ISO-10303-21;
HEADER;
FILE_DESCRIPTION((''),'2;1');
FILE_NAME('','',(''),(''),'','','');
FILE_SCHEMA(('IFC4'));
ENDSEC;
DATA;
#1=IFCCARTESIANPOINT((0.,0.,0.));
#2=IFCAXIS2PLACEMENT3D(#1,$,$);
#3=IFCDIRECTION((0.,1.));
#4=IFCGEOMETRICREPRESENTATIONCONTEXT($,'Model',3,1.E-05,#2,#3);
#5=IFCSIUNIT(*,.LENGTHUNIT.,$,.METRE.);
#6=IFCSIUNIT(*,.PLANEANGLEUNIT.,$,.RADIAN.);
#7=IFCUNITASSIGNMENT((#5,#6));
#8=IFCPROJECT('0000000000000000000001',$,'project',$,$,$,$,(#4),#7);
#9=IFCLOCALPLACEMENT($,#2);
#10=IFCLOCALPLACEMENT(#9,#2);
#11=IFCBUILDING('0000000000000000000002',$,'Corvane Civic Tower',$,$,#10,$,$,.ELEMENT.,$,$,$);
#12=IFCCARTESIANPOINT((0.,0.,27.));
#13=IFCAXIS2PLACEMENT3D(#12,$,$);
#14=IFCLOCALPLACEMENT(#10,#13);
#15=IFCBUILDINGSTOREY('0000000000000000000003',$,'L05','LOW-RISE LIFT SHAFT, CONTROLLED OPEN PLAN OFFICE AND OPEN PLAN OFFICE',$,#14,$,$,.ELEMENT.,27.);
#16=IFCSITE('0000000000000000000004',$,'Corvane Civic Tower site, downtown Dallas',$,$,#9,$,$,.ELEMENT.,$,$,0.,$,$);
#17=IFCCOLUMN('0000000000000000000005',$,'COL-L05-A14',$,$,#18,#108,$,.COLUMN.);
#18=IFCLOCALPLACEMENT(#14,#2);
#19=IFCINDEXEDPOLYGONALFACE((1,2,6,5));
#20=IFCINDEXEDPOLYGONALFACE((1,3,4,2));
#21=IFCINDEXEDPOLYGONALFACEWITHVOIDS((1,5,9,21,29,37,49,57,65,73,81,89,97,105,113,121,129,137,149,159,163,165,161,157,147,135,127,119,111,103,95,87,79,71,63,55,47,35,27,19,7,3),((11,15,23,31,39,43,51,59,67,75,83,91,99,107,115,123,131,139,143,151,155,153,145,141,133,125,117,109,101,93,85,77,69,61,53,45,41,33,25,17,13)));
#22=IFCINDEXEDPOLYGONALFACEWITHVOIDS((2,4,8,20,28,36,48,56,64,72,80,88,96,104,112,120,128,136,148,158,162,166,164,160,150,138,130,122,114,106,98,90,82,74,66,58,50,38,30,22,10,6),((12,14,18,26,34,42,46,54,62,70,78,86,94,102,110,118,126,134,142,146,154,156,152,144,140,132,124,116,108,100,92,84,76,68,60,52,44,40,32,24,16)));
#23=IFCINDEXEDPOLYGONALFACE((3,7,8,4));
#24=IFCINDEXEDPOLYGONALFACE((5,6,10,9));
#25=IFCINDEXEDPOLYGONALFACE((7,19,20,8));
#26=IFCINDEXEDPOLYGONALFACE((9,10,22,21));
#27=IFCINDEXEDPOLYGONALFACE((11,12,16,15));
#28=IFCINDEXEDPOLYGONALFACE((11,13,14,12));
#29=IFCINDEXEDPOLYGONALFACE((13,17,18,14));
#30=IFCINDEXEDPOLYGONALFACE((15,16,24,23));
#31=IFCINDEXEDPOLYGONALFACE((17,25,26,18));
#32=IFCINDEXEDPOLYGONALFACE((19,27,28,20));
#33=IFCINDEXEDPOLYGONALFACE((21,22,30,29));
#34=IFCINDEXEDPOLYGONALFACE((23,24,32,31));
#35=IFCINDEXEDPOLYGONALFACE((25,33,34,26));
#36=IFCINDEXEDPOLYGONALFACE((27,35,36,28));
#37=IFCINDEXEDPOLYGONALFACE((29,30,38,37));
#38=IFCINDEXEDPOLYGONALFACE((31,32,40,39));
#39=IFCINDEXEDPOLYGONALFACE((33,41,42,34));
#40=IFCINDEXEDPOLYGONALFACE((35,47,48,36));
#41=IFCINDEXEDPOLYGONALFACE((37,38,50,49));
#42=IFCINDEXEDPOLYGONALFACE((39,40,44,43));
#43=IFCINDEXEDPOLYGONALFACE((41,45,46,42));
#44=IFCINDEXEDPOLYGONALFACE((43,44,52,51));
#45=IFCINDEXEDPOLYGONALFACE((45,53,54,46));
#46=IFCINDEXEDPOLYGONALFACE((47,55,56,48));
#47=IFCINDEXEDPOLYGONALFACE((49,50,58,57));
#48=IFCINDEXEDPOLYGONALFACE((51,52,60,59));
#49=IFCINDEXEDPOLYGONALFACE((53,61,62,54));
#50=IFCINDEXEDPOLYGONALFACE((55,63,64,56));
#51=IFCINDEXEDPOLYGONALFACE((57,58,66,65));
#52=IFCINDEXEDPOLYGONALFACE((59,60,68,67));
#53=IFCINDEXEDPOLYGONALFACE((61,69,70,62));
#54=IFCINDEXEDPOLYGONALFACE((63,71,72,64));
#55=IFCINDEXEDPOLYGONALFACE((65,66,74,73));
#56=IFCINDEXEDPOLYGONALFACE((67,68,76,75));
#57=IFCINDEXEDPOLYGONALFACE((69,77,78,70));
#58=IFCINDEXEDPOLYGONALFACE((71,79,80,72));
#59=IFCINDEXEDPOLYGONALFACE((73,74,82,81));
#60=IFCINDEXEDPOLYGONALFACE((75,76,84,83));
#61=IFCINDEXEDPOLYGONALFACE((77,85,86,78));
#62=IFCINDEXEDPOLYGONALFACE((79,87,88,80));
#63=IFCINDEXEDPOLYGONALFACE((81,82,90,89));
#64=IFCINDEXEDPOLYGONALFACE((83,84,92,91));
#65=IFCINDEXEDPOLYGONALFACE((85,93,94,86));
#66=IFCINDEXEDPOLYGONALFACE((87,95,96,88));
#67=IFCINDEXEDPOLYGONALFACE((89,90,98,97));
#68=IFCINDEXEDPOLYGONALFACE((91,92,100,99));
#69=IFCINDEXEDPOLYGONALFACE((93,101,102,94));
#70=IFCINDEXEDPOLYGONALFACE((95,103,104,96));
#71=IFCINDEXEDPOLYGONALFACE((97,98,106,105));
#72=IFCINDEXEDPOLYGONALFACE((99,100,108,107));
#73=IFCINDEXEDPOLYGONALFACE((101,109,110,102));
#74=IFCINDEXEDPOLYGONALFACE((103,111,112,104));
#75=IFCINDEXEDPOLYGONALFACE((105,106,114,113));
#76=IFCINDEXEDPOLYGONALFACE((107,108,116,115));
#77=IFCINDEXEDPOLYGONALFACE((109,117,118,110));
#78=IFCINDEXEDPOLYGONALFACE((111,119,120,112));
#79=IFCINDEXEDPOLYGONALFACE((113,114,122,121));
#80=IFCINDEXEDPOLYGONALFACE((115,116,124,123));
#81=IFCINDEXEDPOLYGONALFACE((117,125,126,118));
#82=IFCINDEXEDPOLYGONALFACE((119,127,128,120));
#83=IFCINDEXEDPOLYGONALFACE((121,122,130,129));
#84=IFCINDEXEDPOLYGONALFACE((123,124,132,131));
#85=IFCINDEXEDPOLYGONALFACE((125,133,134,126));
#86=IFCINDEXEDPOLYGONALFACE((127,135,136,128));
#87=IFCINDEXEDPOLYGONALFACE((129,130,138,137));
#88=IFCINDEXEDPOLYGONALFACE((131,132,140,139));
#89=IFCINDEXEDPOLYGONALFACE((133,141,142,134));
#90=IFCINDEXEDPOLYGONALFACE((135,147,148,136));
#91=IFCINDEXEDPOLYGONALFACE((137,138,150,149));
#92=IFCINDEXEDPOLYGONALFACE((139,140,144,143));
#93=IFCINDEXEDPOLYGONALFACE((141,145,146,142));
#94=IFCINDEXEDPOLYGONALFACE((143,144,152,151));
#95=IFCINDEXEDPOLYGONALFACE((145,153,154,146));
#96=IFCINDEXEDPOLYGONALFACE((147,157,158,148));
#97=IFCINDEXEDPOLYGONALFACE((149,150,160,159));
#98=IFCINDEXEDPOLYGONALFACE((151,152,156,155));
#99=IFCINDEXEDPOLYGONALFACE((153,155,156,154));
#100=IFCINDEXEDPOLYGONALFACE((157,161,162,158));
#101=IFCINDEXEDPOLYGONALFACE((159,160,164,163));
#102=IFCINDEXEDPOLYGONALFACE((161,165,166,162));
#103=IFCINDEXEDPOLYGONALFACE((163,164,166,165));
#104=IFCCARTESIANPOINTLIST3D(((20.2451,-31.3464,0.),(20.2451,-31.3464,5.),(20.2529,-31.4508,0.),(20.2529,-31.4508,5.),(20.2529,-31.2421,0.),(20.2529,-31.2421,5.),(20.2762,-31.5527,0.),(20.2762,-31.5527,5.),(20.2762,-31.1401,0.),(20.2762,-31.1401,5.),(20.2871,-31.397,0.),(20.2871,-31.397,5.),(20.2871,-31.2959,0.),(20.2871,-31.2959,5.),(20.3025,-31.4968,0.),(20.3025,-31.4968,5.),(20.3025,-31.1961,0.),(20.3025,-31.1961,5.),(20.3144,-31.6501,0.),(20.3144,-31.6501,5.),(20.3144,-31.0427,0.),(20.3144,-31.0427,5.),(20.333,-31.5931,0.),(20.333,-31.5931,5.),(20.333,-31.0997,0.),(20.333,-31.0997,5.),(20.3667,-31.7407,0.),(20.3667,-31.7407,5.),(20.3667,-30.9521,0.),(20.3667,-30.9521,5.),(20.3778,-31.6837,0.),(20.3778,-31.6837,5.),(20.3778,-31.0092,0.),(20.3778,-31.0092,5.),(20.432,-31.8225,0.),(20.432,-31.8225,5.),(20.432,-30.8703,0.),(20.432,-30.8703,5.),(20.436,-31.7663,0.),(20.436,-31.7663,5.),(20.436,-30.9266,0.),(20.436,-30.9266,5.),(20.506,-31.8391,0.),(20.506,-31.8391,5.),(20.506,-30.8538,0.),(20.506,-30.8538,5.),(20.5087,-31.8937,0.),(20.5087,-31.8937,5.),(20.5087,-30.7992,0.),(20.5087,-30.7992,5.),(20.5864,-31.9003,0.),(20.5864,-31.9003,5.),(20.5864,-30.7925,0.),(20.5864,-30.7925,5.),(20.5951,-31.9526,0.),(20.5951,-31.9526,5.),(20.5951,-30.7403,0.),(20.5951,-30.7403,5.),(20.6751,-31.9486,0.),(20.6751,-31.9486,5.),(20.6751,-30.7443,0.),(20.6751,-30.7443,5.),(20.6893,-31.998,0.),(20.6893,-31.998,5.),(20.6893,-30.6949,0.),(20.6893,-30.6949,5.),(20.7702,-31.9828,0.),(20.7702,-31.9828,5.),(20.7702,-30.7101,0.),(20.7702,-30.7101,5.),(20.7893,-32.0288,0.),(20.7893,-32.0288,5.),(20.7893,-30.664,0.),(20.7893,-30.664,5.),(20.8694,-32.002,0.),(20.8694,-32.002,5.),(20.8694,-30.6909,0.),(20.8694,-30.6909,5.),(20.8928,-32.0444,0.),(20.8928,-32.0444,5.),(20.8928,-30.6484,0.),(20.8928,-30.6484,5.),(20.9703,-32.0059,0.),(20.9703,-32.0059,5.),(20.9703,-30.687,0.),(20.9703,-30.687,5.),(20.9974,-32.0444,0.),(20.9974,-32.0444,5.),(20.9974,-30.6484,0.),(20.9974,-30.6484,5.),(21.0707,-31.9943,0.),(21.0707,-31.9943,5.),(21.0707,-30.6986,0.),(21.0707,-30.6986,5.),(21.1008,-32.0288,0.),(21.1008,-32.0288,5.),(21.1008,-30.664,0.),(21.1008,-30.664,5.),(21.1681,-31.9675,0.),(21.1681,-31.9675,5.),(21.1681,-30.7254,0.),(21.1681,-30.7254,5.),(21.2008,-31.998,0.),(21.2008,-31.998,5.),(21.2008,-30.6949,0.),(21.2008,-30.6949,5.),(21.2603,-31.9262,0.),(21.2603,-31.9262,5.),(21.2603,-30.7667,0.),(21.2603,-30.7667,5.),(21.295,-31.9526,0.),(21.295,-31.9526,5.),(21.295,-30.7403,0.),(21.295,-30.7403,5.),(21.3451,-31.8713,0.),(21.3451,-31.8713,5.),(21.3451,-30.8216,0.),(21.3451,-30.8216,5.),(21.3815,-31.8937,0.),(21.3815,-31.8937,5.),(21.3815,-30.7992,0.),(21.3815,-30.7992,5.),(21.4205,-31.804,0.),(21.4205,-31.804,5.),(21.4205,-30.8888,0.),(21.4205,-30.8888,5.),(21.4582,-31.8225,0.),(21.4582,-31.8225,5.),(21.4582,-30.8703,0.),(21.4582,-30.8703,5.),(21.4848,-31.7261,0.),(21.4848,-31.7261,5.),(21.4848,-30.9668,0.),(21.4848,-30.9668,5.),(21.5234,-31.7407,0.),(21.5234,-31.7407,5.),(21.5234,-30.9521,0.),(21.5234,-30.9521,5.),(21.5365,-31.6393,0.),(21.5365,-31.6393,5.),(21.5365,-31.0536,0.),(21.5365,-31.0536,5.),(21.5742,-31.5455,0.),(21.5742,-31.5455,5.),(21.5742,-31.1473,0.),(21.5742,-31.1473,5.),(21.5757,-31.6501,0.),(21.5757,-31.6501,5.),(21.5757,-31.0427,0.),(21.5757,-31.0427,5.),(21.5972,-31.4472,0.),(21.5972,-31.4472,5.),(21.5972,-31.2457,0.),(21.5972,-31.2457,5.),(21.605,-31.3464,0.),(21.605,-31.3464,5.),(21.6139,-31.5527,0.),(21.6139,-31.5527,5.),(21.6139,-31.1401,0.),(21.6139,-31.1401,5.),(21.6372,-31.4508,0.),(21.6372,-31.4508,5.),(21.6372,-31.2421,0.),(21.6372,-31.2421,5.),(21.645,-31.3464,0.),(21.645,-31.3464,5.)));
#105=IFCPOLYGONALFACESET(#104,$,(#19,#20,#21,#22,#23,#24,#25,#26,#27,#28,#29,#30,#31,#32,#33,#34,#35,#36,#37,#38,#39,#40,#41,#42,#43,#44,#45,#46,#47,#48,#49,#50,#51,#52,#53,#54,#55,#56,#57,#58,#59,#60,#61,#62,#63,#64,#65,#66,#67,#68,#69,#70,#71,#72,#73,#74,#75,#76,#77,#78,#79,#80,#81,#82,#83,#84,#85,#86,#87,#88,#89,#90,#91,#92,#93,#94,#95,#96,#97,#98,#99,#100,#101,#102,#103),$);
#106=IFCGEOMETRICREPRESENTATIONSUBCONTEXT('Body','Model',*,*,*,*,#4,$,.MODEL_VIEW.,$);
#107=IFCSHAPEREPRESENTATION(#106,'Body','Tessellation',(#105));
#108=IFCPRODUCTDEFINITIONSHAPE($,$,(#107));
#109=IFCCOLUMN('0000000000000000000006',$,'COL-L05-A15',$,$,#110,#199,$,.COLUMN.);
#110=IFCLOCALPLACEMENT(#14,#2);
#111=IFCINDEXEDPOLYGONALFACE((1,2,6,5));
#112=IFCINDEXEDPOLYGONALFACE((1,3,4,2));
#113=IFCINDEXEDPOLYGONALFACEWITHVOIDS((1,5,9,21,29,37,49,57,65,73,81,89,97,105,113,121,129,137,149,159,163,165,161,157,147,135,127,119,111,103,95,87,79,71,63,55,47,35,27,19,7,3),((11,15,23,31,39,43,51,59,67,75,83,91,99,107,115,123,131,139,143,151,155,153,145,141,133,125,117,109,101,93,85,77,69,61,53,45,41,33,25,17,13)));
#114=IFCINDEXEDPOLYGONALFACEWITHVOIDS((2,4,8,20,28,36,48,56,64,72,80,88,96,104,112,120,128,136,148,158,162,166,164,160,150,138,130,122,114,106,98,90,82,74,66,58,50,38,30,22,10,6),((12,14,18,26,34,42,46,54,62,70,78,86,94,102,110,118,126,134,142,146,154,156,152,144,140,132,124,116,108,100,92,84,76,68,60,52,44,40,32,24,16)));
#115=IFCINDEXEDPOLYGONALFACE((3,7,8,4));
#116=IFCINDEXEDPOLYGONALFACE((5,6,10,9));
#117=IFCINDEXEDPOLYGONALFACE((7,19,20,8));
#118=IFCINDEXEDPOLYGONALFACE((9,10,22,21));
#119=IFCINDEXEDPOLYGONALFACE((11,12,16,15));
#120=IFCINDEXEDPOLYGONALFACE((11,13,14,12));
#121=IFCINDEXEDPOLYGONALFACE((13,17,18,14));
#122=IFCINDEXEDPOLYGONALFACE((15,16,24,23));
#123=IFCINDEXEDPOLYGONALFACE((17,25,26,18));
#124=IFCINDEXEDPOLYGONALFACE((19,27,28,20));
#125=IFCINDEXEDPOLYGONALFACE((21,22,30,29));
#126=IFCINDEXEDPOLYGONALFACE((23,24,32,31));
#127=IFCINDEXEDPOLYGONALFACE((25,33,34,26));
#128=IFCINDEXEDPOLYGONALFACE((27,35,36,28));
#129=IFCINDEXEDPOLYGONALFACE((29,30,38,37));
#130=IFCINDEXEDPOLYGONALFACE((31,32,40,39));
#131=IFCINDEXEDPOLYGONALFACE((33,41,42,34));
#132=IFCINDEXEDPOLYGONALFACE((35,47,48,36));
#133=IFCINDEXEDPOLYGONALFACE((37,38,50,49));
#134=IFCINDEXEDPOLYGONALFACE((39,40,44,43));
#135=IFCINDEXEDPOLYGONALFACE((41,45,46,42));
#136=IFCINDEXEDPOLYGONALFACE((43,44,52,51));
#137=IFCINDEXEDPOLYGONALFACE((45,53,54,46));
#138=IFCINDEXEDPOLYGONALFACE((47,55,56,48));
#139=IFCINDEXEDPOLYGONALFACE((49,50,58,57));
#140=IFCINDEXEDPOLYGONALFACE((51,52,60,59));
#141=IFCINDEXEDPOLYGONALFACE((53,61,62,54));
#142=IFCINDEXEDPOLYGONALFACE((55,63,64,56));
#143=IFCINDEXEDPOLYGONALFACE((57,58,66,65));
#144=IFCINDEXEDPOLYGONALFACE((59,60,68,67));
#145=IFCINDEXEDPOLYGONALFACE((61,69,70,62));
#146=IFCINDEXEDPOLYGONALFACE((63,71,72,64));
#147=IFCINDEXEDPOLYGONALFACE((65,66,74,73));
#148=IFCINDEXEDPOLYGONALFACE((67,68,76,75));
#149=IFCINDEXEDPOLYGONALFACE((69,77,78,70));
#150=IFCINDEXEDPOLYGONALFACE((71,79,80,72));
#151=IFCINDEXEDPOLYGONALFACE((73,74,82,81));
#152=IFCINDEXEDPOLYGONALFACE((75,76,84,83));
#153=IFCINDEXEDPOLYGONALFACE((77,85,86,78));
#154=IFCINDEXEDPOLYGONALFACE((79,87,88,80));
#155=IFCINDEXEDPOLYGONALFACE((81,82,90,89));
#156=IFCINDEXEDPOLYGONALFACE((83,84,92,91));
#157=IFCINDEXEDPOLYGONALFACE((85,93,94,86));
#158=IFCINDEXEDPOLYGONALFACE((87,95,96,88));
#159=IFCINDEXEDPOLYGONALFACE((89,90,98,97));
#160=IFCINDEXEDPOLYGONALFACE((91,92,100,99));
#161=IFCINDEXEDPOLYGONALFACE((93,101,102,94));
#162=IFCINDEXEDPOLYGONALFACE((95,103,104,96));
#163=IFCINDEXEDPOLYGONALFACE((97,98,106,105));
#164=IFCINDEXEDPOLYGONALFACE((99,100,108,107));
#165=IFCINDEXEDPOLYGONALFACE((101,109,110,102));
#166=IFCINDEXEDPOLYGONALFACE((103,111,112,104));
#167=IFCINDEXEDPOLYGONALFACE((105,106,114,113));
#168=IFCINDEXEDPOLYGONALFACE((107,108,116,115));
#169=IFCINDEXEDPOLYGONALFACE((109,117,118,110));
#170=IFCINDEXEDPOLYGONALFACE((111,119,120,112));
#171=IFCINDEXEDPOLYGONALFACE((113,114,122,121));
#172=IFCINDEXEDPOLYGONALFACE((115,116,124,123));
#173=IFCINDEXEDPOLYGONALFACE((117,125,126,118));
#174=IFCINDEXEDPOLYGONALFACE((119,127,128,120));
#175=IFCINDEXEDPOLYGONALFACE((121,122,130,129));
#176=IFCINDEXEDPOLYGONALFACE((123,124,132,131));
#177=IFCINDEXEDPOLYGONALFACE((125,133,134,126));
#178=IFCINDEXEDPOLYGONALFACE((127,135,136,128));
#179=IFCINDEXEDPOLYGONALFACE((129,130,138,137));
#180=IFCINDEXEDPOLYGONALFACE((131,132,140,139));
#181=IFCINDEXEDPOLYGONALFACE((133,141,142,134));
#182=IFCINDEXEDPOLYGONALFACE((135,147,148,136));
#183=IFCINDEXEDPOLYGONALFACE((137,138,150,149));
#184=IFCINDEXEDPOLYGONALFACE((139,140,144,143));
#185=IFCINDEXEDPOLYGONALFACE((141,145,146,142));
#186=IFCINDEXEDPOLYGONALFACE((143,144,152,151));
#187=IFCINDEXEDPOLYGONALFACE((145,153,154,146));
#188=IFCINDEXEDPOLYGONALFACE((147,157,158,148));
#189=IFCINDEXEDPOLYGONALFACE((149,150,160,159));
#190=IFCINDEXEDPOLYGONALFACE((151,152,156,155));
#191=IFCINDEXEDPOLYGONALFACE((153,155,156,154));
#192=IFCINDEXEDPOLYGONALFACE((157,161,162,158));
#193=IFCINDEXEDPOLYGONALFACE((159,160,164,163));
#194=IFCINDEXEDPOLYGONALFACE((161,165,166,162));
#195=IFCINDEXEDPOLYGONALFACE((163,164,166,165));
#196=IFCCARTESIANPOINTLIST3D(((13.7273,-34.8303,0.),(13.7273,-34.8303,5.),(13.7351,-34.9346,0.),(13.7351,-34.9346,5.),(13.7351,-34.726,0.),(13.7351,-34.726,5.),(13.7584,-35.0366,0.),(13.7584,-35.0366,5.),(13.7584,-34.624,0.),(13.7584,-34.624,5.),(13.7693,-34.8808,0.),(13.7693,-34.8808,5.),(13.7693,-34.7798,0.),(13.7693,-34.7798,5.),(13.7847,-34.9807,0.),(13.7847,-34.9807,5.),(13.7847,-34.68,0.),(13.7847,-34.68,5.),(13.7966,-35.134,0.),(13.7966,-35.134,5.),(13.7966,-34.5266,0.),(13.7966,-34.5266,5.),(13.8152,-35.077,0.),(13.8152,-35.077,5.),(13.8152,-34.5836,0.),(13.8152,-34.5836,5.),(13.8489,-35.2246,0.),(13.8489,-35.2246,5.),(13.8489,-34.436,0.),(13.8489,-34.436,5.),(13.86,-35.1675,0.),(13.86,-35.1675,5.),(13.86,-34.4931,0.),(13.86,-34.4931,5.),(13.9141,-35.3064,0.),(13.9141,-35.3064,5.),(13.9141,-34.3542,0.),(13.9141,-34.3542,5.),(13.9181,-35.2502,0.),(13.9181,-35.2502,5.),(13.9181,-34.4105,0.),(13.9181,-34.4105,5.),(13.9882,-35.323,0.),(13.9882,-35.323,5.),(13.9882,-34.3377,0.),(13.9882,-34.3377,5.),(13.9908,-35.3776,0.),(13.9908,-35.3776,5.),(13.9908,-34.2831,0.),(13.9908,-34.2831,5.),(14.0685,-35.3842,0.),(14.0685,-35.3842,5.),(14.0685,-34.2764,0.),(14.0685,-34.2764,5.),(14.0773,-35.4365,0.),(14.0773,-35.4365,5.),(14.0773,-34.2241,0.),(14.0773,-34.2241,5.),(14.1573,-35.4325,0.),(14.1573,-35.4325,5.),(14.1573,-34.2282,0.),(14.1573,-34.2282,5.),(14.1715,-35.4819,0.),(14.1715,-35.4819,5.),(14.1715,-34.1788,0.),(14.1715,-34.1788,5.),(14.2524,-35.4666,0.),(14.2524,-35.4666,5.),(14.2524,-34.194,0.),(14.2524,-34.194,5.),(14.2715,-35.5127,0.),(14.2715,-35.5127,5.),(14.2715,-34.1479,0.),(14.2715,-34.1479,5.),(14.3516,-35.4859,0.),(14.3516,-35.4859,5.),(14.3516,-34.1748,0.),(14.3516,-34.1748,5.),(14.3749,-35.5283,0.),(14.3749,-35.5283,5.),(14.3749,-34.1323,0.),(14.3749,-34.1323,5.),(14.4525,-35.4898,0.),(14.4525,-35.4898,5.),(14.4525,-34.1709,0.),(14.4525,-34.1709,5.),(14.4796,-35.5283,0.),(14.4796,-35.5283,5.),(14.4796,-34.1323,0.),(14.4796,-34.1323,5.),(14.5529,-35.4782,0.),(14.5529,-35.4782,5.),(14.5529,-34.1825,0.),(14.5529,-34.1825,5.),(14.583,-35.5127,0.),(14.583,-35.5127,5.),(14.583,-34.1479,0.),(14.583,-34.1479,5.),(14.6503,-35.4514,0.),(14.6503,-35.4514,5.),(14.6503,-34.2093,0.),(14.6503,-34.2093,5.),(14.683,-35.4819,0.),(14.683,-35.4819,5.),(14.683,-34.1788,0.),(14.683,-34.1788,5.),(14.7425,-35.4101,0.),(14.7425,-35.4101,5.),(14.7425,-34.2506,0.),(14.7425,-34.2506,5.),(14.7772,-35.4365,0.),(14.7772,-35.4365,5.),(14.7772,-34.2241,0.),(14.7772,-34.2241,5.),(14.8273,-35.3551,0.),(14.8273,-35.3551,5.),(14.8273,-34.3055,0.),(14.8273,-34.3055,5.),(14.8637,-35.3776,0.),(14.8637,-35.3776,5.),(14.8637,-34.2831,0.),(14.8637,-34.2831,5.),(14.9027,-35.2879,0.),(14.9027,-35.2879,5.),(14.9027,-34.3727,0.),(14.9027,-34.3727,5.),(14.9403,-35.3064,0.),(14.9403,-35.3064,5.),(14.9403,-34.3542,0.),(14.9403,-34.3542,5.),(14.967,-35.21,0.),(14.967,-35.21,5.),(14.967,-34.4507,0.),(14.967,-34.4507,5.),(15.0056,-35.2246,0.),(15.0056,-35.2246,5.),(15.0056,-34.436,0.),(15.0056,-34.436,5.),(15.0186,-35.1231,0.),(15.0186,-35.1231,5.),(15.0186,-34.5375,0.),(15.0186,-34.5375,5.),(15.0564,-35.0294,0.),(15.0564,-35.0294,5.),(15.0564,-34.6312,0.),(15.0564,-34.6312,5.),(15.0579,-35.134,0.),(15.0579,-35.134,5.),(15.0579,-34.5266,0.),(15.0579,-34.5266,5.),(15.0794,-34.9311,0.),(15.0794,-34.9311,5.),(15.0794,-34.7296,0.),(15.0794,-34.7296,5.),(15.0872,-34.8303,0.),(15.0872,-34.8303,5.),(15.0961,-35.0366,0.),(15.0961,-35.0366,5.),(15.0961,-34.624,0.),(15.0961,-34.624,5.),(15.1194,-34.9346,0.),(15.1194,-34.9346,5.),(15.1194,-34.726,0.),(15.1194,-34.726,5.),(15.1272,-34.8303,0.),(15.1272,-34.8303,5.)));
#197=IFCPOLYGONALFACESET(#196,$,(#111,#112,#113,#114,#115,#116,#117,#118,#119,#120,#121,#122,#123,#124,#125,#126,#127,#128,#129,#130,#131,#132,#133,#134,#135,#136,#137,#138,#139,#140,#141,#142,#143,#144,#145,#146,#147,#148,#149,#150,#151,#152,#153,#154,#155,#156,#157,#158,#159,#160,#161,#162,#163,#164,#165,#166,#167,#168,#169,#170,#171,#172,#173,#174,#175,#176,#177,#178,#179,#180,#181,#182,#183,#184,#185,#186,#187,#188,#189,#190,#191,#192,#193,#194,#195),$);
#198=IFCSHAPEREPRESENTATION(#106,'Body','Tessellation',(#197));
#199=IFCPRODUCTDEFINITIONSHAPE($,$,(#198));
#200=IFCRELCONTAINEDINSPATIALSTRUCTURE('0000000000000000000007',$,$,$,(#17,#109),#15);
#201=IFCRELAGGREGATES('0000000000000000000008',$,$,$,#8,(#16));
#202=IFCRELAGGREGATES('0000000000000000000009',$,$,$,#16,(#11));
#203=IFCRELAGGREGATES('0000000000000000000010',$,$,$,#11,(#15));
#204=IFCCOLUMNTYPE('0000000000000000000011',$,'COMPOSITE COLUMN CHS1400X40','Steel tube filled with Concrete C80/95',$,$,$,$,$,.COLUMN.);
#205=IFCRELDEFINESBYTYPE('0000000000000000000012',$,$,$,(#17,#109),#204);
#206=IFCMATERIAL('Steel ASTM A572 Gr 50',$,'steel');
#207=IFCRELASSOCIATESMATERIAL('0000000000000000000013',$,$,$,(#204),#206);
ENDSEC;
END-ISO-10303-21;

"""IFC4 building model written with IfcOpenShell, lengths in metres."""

from ifc_helpers import new_model, si_unit, direction, frame, origin, origin_2d, place, context, subcontext, project, spatial, hollow_circle, extrude, material, material_profile, profile_set, type_object, element, save


model = new_model("IFC4")

# Units and contexts
model_context = context("Model", 3, precision=1e-05, world=origin(), true_north=direction((0.0, 1.0)))
body_context = subcontext(model_context, "Body", "Model", "MODEL_VIEW")
ifc_project = project(units=[si_unit("LENGTHUNIT", "METRE"), si_unit("PLANEANGLEUNIT", "RADIAN")], contexts=[model_context])

# Site, building, storey
site_placement = place(None, origin())
site = spatial("IfcSite", under=ifc_project, at=site_placement, Name="Corvane Civic Tower site, downtown Dallas", CompositionType="ELEMENT", RefElevation=0.0)
building_placement = place(site_placement, origin())
building = spatial("IfcBuilding", under=site, at=building_placement, Name="Corvane Civic Tower", CompositionType="ELEMENT")
storey_placement = place(building_placement, frame((0.0, 0.0, 27.0)))
storey = spatial("IfcBuildingStorey", under=building, at=storey_placement, Name="L05", Description="LOW-RISE LIFT SHAFT, CONTROLLED OPEN PLAN OFFICE AND OPEN PLAN OFFICE", CompositionType="ELEMENT", Elevation=27.0)

# Columns
ifc_material_1 = material(Name="Steel ASTM A572 Gr 50", Category="steel")
ifc_material_profile_1 = material_profile(ifc_material_1, hollow_circle(Radius=0.7, WallThickness=0.04, at=origin_2d()), Name="CHS1400X40")
ifc_profile_set_1 = profile_set([ifc_material_profile_1], Name="Steel ASTM A572 Gr 50")
column_type_1 = type_object("IfcColumnType", Name="COMPOSITE COLUMN CHS1400X40", Description="Steel tube filled with Concrete C80/95", PredefinedType="COLUMN", material=ifc_profile_set_1)
for number, where, z_axis, x_axis, name in (
    (1, (20.9451, -31.3464, 0.0), (0.0, 0.0, 1.0), (1.0, 0.0, 0.0), "COL-L05-A14"),
    (2, (14.4272, -34.8303, 0.0), (0.0, 0.0, 1.0), (1.0, 0.0, 0.0), "COL-L05-A15"),
):
    element("IfcColumn", number, at=place(storey_placement, frame(where, z_axis=z_axis, x_axis=x_axis)), inside=storey, type_object=column_type_1, Name=name, PredefinedType="COLUMN", context=body_context, shape_type="SweptSolid", body=[
        extrude(hollow_circle(Radius=0.7, WallThickness=0.04, at=origin_2d()), origin(), (0.0, 0.0, 1.0), 5.0),
    ])

save(model, "model.ifc")
